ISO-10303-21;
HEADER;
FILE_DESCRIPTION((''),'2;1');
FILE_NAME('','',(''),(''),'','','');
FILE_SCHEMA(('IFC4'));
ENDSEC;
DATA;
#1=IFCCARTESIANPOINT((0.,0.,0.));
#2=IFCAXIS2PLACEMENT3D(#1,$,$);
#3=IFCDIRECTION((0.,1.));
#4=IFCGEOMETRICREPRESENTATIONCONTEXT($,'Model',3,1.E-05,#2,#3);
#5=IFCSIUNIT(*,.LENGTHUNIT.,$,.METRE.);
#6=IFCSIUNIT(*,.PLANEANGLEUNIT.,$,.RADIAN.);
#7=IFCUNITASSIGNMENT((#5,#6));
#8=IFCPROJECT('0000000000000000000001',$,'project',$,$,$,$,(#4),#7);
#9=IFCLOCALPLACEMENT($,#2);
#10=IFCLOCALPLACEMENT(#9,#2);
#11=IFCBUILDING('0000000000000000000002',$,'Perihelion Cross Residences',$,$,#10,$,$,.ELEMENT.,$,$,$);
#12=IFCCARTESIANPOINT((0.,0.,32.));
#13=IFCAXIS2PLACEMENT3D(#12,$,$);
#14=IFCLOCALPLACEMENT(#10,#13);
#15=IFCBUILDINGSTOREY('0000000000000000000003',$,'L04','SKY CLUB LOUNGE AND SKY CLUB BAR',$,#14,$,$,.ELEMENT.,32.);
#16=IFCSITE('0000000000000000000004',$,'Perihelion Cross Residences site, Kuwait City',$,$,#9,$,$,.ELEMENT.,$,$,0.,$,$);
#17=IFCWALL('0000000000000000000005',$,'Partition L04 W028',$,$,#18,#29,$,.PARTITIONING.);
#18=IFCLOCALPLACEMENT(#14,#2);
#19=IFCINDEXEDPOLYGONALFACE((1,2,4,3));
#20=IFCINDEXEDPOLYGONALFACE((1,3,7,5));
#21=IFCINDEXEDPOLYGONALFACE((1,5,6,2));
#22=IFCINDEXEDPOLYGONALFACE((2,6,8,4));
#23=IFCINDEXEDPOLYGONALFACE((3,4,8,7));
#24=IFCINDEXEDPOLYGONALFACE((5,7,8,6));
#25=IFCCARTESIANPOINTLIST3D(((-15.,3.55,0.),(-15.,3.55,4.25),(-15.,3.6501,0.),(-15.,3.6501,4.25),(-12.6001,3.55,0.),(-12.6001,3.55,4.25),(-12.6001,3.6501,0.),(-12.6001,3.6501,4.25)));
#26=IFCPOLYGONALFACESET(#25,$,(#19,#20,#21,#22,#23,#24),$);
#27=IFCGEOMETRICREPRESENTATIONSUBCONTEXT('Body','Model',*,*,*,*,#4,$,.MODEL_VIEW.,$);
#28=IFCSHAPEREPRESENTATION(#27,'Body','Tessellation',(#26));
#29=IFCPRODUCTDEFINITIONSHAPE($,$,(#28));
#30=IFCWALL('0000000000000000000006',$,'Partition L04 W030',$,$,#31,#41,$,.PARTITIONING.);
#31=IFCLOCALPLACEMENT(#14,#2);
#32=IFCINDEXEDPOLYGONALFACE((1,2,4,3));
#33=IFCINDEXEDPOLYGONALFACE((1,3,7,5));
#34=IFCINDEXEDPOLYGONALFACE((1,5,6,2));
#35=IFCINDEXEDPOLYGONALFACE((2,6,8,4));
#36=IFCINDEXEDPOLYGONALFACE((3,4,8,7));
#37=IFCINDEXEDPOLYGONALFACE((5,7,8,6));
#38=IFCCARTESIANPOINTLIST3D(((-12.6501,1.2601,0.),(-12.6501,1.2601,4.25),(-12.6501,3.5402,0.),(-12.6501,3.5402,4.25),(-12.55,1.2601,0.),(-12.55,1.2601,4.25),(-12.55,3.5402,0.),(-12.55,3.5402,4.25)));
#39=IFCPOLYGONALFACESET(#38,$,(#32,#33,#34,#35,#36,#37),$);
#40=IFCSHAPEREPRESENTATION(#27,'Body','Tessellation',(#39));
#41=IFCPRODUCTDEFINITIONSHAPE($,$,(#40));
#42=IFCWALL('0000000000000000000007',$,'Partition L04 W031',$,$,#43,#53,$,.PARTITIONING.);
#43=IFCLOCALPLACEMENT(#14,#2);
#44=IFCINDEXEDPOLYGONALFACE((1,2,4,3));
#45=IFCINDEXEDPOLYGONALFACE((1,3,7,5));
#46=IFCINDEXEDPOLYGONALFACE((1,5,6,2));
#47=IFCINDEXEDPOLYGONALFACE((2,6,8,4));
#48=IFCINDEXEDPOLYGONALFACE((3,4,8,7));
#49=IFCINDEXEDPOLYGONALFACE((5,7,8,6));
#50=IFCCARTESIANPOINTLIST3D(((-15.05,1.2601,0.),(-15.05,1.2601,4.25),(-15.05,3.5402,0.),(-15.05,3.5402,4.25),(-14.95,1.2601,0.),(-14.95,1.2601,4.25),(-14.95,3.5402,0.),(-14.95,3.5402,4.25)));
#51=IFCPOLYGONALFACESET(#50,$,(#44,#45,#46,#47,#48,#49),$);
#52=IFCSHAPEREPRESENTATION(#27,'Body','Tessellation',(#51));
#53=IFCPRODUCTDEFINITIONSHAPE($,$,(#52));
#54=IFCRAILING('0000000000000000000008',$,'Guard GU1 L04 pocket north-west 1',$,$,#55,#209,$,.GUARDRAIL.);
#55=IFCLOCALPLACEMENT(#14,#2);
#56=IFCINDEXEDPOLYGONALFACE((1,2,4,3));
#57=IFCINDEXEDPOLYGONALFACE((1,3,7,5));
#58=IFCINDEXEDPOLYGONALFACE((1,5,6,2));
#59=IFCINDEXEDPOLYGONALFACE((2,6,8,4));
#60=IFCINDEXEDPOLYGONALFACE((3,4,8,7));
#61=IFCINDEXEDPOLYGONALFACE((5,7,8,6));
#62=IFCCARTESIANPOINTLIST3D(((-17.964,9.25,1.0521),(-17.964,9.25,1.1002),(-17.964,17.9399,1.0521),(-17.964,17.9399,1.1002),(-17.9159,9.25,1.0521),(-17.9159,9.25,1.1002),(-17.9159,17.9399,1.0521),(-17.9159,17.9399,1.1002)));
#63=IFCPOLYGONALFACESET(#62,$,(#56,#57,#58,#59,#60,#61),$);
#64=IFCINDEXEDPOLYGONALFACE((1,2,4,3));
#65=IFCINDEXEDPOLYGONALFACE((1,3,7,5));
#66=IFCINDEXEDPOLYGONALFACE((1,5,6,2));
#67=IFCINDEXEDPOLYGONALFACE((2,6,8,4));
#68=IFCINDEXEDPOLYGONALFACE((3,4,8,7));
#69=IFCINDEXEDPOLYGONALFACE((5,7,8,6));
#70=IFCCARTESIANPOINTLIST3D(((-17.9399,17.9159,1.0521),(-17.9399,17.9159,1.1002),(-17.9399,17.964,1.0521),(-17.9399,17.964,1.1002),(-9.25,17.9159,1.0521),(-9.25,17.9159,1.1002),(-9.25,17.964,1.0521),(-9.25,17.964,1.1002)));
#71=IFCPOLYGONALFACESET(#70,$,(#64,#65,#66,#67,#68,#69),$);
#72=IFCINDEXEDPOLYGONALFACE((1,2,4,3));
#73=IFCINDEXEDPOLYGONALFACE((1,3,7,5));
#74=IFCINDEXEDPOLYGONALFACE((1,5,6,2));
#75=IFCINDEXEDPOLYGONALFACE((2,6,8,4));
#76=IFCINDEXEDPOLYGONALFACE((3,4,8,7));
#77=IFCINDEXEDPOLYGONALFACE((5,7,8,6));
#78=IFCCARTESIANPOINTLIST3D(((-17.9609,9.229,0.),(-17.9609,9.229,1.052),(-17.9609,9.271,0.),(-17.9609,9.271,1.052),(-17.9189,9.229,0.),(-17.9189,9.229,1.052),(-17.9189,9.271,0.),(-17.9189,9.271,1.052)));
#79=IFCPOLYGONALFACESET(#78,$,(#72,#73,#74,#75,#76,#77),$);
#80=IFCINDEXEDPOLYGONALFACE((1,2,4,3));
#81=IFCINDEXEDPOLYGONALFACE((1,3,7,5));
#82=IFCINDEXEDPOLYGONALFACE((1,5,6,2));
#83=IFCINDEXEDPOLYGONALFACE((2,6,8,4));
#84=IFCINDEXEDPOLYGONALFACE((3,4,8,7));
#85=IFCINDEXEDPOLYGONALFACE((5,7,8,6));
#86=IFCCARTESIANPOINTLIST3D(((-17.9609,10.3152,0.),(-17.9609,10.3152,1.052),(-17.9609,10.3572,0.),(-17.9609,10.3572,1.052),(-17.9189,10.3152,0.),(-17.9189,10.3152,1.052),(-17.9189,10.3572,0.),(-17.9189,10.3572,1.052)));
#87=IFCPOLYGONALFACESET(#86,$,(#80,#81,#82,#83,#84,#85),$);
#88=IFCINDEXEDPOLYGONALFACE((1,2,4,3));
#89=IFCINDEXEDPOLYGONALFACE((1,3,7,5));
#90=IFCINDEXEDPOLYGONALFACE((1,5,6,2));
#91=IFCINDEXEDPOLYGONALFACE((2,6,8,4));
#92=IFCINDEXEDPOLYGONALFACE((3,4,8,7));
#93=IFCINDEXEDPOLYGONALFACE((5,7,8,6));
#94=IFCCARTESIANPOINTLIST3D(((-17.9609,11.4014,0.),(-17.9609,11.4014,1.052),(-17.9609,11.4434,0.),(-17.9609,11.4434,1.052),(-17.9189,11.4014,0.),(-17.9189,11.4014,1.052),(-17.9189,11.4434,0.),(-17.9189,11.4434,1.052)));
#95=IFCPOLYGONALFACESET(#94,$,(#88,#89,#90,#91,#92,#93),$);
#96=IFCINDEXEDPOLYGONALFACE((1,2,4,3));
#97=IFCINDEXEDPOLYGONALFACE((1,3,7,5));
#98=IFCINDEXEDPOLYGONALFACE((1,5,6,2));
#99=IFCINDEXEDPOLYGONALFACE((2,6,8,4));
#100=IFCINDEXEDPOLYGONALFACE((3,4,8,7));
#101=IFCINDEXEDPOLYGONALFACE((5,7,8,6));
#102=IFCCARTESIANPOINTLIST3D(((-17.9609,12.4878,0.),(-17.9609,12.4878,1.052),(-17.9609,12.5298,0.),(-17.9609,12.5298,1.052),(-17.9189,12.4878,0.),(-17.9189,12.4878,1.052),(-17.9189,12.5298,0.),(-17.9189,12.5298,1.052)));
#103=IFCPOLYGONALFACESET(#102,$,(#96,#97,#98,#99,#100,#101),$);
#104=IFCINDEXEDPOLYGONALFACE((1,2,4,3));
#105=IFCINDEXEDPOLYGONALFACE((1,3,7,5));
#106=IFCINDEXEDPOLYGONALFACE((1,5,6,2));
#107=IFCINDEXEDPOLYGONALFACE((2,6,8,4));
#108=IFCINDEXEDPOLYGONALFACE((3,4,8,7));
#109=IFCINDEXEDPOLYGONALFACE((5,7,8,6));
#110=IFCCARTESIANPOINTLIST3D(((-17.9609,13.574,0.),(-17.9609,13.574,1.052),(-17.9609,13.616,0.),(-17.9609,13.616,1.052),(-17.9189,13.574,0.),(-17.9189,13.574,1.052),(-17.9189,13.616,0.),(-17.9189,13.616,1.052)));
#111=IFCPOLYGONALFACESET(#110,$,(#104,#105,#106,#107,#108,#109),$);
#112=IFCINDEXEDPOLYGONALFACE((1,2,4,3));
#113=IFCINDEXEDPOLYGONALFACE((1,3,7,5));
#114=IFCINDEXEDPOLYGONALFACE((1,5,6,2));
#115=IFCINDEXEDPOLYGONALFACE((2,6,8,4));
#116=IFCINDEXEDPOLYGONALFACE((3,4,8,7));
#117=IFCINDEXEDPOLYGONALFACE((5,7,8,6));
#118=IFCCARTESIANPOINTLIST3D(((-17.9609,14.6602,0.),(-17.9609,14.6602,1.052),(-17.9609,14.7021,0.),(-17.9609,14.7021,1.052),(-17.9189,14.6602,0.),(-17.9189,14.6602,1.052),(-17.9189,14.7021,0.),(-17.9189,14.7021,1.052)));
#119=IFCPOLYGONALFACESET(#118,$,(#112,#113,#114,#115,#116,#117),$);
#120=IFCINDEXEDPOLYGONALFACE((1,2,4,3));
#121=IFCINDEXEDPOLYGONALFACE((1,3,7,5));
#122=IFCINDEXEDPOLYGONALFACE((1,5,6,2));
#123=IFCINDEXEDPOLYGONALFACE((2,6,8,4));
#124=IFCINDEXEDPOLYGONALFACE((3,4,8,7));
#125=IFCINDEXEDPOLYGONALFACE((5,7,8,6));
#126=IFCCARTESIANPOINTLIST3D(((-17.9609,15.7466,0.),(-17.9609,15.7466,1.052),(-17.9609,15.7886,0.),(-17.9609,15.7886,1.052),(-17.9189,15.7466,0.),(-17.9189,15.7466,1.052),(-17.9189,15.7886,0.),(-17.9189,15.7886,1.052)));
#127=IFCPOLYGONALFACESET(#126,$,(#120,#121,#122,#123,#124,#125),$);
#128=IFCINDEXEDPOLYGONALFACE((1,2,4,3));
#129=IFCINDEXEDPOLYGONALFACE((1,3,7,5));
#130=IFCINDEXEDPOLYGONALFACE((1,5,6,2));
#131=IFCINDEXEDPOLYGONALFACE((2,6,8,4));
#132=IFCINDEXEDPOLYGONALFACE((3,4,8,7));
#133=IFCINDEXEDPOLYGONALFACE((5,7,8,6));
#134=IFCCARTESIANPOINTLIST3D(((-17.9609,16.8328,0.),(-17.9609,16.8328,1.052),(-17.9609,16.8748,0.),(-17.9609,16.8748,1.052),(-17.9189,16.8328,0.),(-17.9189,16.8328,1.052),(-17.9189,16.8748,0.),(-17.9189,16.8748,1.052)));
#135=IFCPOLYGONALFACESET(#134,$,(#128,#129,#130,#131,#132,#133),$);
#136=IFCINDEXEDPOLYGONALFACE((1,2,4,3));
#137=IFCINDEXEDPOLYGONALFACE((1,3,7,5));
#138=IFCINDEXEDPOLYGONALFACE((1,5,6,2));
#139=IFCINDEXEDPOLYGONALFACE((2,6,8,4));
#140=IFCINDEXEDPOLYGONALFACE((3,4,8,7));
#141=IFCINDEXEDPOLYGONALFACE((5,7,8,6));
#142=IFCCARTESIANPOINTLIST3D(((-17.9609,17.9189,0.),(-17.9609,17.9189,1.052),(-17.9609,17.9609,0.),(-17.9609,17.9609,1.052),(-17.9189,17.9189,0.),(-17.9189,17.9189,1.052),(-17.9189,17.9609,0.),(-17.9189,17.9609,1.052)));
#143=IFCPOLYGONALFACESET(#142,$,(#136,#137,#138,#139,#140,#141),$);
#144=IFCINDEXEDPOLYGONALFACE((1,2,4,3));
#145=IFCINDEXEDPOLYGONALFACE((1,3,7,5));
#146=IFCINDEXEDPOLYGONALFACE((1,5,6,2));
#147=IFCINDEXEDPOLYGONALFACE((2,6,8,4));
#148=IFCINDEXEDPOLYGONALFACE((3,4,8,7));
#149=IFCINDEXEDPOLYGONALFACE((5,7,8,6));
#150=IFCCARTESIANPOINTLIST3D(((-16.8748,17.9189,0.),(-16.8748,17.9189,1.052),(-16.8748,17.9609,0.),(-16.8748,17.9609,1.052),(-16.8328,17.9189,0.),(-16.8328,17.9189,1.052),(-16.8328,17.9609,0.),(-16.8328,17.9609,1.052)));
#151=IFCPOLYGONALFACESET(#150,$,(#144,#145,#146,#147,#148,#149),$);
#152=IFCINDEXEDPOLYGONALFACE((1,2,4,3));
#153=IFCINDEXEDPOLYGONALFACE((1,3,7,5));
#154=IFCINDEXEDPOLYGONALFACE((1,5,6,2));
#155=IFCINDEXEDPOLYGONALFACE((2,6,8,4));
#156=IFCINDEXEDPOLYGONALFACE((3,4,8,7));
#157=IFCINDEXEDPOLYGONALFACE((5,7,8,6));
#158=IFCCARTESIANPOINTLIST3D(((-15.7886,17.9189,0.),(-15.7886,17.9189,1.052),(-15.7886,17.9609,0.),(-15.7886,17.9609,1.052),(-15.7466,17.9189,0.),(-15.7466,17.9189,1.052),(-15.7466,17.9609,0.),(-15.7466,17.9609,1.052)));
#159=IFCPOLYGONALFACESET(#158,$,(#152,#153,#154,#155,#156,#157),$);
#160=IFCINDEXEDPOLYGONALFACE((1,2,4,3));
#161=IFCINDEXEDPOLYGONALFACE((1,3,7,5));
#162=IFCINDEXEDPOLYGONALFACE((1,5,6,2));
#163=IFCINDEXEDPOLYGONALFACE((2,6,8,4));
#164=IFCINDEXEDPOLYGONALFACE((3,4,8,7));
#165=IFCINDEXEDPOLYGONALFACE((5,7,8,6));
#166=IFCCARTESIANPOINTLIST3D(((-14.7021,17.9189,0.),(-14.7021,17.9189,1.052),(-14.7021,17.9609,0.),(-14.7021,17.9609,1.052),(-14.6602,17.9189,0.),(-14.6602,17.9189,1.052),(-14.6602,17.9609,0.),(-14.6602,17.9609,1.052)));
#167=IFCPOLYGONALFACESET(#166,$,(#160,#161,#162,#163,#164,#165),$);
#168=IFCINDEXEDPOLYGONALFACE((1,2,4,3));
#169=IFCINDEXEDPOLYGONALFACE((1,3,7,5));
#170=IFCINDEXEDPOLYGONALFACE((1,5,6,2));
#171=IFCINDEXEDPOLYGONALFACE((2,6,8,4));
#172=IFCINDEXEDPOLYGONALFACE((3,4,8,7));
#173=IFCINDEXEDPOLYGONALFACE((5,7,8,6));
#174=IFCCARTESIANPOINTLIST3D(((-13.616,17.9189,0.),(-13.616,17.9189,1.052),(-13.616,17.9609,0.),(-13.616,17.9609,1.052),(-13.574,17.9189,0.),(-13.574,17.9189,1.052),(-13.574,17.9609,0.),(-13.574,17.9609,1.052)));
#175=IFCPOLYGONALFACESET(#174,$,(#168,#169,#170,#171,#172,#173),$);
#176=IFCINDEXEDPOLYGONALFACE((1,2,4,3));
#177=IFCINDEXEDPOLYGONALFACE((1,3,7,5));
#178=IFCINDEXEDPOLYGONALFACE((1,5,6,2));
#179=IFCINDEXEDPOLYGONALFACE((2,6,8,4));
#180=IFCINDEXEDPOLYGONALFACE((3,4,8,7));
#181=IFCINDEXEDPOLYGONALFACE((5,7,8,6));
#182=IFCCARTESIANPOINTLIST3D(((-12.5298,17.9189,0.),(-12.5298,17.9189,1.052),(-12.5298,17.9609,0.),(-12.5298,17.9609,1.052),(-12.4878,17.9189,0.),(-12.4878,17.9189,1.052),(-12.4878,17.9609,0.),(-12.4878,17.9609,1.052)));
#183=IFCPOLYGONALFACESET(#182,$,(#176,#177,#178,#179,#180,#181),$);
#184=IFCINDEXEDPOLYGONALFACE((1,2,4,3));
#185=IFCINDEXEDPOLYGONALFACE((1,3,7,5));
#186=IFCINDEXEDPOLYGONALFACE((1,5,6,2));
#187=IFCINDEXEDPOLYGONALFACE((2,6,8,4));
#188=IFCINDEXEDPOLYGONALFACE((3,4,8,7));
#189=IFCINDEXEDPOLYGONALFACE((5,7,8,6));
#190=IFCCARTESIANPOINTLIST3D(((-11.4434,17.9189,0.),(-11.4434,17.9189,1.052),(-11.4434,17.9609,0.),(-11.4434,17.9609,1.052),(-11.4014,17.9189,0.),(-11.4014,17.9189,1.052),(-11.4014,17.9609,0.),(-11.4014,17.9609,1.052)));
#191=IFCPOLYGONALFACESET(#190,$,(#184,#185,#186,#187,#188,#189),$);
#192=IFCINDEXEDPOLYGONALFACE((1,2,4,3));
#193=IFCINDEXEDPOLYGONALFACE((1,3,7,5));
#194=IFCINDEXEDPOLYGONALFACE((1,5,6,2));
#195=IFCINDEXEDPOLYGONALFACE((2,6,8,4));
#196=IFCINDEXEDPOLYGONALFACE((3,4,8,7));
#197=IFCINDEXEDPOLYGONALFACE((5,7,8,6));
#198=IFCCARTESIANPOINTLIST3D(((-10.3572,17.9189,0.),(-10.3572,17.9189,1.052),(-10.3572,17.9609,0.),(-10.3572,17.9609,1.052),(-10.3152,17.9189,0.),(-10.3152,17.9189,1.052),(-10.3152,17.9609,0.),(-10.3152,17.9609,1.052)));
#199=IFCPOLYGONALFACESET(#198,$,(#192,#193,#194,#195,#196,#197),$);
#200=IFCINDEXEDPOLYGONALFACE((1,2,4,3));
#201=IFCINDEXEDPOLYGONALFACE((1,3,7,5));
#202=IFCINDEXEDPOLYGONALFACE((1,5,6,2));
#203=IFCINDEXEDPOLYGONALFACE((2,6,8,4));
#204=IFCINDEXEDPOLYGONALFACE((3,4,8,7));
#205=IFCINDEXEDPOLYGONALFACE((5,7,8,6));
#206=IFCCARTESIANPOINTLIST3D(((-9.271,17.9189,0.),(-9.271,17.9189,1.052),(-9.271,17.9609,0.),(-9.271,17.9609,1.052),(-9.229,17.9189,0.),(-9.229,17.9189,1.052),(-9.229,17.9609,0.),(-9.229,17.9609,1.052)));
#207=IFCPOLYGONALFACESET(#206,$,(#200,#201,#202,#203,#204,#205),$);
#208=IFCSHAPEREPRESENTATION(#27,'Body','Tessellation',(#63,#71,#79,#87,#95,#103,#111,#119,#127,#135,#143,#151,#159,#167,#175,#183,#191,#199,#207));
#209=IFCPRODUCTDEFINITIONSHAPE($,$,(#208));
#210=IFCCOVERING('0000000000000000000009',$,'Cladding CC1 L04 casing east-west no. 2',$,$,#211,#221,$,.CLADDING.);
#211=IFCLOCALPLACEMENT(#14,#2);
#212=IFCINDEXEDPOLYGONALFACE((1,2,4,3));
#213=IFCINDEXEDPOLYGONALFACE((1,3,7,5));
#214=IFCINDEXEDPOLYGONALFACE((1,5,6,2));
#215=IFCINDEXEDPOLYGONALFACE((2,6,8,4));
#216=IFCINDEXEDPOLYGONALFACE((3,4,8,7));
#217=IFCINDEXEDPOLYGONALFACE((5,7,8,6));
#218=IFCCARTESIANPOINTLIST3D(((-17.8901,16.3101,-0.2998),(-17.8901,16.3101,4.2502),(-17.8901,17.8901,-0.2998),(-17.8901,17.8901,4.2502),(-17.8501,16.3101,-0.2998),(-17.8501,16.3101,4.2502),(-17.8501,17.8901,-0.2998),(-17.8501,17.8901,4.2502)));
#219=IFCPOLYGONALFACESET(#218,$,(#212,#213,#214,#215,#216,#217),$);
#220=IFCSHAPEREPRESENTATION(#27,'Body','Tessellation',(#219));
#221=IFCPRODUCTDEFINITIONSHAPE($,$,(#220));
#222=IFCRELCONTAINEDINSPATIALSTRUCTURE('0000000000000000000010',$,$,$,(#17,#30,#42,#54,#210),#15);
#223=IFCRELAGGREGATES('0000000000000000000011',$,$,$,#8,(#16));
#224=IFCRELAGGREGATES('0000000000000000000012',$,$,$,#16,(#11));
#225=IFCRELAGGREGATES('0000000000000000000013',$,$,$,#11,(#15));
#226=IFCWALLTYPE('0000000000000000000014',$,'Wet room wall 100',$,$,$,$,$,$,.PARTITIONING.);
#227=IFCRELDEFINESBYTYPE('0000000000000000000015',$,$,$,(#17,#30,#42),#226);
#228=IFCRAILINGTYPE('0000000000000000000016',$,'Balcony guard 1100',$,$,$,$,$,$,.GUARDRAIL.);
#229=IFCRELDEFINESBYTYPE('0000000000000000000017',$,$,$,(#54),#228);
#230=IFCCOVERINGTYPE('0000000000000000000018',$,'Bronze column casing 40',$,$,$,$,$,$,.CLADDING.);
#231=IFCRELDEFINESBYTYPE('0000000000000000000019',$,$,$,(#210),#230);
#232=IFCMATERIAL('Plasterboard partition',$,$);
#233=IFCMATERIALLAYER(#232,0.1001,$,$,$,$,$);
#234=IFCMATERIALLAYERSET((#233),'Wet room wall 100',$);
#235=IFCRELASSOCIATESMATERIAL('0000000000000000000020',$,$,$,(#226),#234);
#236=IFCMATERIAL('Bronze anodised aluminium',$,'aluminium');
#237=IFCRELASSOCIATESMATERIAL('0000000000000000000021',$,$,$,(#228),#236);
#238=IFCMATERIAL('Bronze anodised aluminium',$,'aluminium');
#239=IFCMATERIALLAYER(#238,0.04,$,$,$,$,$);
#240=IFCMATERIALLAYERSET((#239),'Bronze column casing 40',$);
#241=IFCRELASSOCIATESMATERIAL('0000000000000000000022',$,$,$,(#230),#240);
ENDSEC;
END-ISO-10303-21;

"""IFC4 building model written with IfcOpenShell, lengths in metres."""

from ifc_helpers import new_model, si_unit, direction, frame, frame_2d, origin, origin_2d, place, context, subcontext, project, spatial, rectangle, extrude, material, layer, layer_set, type_object, element, save


model = new_model("IFC4")

# Units and contexts
model_context = context("Model", 3, precision=1e-05, world=origin(), true_north=direction((0.0, 1.0)))
body_context = subcontext(model_context, "Body", "Model", "MODEL_VIEW")
ifc_project = project(units=[si_unit("LENGTHUNIT", "METRE"), si_unit("PLANEANGLEUNIT", "RADIAN")], contexts=[model_context])

# Site, building, storey
site_placement = place(None, origin())
site = spatial("IfcSite", under=ifc_project, at=site_placement, Name="Perihelion Cross Residences site, Kuwait City", CompositionType="ELEMENT", RefElevation=0.0)
building_placement = place(site_placement, origin())
building = spatial("IfcBuilding", under=site, at=building_placement, Name="Perihelion Cross Residences", CompositionType="ELEMENT")
storey_placement = place(building_placement, frame((0.0, 0.0, 32.0)))
storey = spatial("IfcBuildingStorey", under=building, at=storey_placement, Name="L04", Description="SKY CLUB LOUNGE AND SKY CLUB BAR", CompositionType="ELEMENT", Elevation=32.0)

# Shared definitions
ifc_material_1 = material(Name="Plasterboard partition")
ifc_layer_1 = layer(ifc_material_1, 0.1001)
ifc_layer_set_1 = layer_set([ifc_layer_1], Name="Wet room wall 100")
wall_type_1 = type_object("IfcWallType", Name="Wet room wall 100", PredefinedType="PARTITIONING", material=ifc_layer_set_1)

# Walls
wall_1_placement = place(storey_placement, frame((-12.6001, 3.6001, 0.0), z_axis=(0.0, 0.0, 1.0), x_axis=(-1.0, 0.0, 0.0)))
element("IfcWall", 1, at=wall_1_placement, inside=storey, type_object=wall_type_1, Name="Partition L04 W028", PredefinedType="PARTITIONING", context=body_context, shape_type="SweptSolid", body=[
    extrude(rectangle(XDim=2.3999, YDim=0.1001, at=frame_2d((1.2, 0.0))), origin(), (0.0, 0.0, 1.0), 4.25),
])
for number, where, z_axis, x_axis, name in (
    (2, (-12.6001, 1.26, 0.0), (0.0, 0.0, 1.0), (0.0, 1.0, 0.0), "Partition L04 W030"),
    (3, (-15.0, 1.26, 0.0), (0.0, 0.0, 1.0), (0.0, 1.0, 0.0), "Partition L04 W031"),
):
    element("IfcWall", number, at=place(storey_placement, frame(where, z_axis=z_axis, x_axis=x_axis)), inside=storey, type_object=wall_type_1, Name=name, PredefinedType="PARTITIONING", context=body_context, shape_type="SweptSolid", body=[
        extrude(rectangle(XDim=2.28, YDim=0.1001, at=frame_2d((1.1401, 0.0))), origin(), (0.0, 0.0, 1.0), 4.25),
    ])

# Railing
ifc_material_2 = material(Name="Bronze anodised aluminium", Category="aluminium")
railing_type = type_object("IfcRailingType", Name="Balcony guard 1100", PredefinedType="GUARDRAIL", material=ifc_material_2)
railing_placement = place(storey_placement, frame((-17.9399, 9.25, 0.0)))
element("IfcRailing", 4, at=railing_placement, inside=storey, type_object=railing_type, Name="Guard GU1 L04 pocket north-west 1", PredefinedType="GUARDRAIL", context=body_context, shape_type="SweptSolid", body=[
    extrude(rectangle(XDim=0.0481, YDim=0.0481, at=origin_2d()), frame((0.0, 0.0, 1.0762), z_axis=(0.0, 1.0, 0.0), x_axis=(-1.0, 0.0, 0.0)), (0.0, 0.0, 1.0), 8.6899),
    extrude(rectangle(XDim=0.0481, YDim=0.0481, at=origin_2d()), frame((0.0, 8.6899, 1.0762), z_axis=(1.0, 0.0, 0.0), x_axis=(0.0, 1.0, 0.0)), (0.0, 0.0, 1.0), 8.6899),
    extrude(rectangle(XDim=0.042, YDim=0.042, at=origin_2d()), origin(), (0.0, 0.0, 1.0), 1.052),
    extrude(rectangle(XDim=0.042, YDim=0.042, at=origin_2d()), frame((0.0, 1.0862, 0.0)), (0.0, 0.0, 1.0), 1.052),
    extrude(rectangle(XDim=0.042, YDim=0.042, at=origin_2d()), frame((0.0, 2.1724, 0.0)), (0.0, 0.0, 1.0), 1.052),
    extrude(rectangle(XDim=0.042, YDim=0.042, at=origin_2d()), frame((0.0, 3.2588, 0.0)), (0.0, 0.0, 1.0), 1.052),
    extrude(rectangle(XDim=0.042, YDim=0.042, at=origin_2d()), frame((0.0, 4.345, 0.0)), (0.0, 0.0, 1.0), 1.052),
    extrude(rectangle(XDim=0.042, YDim=0.042, at=origin_2d()), frame((0.0, 5.4312, 0.0)), (0.0, 0.0, 1.0), 1.052),
    extrude(rectangle(XDim=0.042, YDim=0.042, at=origin_2d()), frame((0.0, 6.5176, 0.0)), (0.0, 0.0, 1.0), 1.052),
    extrude(rectangle(XDim=0.042, YDim=0.042, at=origin_2d()), frame((0.0, 7.6038, 0.0)), (0.0, 0.0, 1.0), 1.052),
    extrude(rectangle(XDim=0.042, YDim=0.042, at=origin_2d()), frame((0.0, 8.6899, 0.0)), (0.0, 0.0, 1.0), 1.052),
    extrude(rectangle(XDim=0.042, YDim=0.042, at=origin_2d()), frame((1.0862, 8.6899, 0.0)), (0.0, 0.0, 1.0), 1.052),
    extrude(rectangle(XDim=0.042, YDim=0.042, at=origin_2d()), frame((2.1724, 8.6899, 0.0)), (0.0, 0.0, 1.0), 1.052),
    extrude(rectangle(XDim=0.042, YDim=0.042, at=origin_2d()), frame((3.2588, 8.6899, 0.0)), (0.0, 0.0, 1.0), 1.052),
    extrude(rectangle(XDim=0.042, YDim=0.042, at=origin_2d()), frame((4.345, 8.6899, 0.0)), (0.0, 0.0, 1.0), 1.052),
    extrude(rectangle(XDim=0.042, YDim=0.042, at=origin_2d()), frame((5.4312, 8.6899, 0.0)), (0.0, 0.0, 1.0), 1.052),
    extrude(rectangle(XDim=0.042, YDim=0.042, at=origin_2d()), frame((6.5176, 8.6899, 0.0)), (0.0, 0.0, 1.0), 1.052),
    extrude(rectangle(XDim=0.042, YDim=0.042, at=origin_2d()), frame((7.6038, 8.6899, 0.0)), (0.0, 0.0, 1.0), 1.052),
    extrude(rectangle(XDim=0.042, YDim=0.042, at=origin_2d()), frame((8.6899, 8.6899, 0.0)), (0.0, 0.0, 1.0), 1.052),
])

# Covering
ifc_material_3 = material(Name="Bronze anodised aluminium", Category="aluminium")
ifc_layer_2 = layer(ifc_material_3, 0.04)
ifc_layer_set_2 = layer_set([ifc_layer_2], Name="Bronze column casing 40")
covering_type_1 = type_object("IfcCoveringType", Name="Bronze column casing 40", PredefinedType="CLADDING", material=ifc_layer_set_2)
covering_1_placement = place(storey_placement, frame((-17.8701, 17.1001, -0.2998), z_axis=(0.0, 0.0, 1.0), x_axis=(1.0, 0.0, 0.0)))
element("IfcCovering", 5, at=covering_1_placement, inside=storey, type_object=covering_type_1, Name="Cladding CC1 L04 casing east-west no. 2", PredefinedType="CLADDING", context=body_context, shape_type="SweptSolid", body=[
    extrude(rectangle(XDim=0.04, YDim=1.5801, at=origin_2d()), origin(), (0.0, 0.0, 1.0), 4.55),
])

save(model, "model.ifc")
